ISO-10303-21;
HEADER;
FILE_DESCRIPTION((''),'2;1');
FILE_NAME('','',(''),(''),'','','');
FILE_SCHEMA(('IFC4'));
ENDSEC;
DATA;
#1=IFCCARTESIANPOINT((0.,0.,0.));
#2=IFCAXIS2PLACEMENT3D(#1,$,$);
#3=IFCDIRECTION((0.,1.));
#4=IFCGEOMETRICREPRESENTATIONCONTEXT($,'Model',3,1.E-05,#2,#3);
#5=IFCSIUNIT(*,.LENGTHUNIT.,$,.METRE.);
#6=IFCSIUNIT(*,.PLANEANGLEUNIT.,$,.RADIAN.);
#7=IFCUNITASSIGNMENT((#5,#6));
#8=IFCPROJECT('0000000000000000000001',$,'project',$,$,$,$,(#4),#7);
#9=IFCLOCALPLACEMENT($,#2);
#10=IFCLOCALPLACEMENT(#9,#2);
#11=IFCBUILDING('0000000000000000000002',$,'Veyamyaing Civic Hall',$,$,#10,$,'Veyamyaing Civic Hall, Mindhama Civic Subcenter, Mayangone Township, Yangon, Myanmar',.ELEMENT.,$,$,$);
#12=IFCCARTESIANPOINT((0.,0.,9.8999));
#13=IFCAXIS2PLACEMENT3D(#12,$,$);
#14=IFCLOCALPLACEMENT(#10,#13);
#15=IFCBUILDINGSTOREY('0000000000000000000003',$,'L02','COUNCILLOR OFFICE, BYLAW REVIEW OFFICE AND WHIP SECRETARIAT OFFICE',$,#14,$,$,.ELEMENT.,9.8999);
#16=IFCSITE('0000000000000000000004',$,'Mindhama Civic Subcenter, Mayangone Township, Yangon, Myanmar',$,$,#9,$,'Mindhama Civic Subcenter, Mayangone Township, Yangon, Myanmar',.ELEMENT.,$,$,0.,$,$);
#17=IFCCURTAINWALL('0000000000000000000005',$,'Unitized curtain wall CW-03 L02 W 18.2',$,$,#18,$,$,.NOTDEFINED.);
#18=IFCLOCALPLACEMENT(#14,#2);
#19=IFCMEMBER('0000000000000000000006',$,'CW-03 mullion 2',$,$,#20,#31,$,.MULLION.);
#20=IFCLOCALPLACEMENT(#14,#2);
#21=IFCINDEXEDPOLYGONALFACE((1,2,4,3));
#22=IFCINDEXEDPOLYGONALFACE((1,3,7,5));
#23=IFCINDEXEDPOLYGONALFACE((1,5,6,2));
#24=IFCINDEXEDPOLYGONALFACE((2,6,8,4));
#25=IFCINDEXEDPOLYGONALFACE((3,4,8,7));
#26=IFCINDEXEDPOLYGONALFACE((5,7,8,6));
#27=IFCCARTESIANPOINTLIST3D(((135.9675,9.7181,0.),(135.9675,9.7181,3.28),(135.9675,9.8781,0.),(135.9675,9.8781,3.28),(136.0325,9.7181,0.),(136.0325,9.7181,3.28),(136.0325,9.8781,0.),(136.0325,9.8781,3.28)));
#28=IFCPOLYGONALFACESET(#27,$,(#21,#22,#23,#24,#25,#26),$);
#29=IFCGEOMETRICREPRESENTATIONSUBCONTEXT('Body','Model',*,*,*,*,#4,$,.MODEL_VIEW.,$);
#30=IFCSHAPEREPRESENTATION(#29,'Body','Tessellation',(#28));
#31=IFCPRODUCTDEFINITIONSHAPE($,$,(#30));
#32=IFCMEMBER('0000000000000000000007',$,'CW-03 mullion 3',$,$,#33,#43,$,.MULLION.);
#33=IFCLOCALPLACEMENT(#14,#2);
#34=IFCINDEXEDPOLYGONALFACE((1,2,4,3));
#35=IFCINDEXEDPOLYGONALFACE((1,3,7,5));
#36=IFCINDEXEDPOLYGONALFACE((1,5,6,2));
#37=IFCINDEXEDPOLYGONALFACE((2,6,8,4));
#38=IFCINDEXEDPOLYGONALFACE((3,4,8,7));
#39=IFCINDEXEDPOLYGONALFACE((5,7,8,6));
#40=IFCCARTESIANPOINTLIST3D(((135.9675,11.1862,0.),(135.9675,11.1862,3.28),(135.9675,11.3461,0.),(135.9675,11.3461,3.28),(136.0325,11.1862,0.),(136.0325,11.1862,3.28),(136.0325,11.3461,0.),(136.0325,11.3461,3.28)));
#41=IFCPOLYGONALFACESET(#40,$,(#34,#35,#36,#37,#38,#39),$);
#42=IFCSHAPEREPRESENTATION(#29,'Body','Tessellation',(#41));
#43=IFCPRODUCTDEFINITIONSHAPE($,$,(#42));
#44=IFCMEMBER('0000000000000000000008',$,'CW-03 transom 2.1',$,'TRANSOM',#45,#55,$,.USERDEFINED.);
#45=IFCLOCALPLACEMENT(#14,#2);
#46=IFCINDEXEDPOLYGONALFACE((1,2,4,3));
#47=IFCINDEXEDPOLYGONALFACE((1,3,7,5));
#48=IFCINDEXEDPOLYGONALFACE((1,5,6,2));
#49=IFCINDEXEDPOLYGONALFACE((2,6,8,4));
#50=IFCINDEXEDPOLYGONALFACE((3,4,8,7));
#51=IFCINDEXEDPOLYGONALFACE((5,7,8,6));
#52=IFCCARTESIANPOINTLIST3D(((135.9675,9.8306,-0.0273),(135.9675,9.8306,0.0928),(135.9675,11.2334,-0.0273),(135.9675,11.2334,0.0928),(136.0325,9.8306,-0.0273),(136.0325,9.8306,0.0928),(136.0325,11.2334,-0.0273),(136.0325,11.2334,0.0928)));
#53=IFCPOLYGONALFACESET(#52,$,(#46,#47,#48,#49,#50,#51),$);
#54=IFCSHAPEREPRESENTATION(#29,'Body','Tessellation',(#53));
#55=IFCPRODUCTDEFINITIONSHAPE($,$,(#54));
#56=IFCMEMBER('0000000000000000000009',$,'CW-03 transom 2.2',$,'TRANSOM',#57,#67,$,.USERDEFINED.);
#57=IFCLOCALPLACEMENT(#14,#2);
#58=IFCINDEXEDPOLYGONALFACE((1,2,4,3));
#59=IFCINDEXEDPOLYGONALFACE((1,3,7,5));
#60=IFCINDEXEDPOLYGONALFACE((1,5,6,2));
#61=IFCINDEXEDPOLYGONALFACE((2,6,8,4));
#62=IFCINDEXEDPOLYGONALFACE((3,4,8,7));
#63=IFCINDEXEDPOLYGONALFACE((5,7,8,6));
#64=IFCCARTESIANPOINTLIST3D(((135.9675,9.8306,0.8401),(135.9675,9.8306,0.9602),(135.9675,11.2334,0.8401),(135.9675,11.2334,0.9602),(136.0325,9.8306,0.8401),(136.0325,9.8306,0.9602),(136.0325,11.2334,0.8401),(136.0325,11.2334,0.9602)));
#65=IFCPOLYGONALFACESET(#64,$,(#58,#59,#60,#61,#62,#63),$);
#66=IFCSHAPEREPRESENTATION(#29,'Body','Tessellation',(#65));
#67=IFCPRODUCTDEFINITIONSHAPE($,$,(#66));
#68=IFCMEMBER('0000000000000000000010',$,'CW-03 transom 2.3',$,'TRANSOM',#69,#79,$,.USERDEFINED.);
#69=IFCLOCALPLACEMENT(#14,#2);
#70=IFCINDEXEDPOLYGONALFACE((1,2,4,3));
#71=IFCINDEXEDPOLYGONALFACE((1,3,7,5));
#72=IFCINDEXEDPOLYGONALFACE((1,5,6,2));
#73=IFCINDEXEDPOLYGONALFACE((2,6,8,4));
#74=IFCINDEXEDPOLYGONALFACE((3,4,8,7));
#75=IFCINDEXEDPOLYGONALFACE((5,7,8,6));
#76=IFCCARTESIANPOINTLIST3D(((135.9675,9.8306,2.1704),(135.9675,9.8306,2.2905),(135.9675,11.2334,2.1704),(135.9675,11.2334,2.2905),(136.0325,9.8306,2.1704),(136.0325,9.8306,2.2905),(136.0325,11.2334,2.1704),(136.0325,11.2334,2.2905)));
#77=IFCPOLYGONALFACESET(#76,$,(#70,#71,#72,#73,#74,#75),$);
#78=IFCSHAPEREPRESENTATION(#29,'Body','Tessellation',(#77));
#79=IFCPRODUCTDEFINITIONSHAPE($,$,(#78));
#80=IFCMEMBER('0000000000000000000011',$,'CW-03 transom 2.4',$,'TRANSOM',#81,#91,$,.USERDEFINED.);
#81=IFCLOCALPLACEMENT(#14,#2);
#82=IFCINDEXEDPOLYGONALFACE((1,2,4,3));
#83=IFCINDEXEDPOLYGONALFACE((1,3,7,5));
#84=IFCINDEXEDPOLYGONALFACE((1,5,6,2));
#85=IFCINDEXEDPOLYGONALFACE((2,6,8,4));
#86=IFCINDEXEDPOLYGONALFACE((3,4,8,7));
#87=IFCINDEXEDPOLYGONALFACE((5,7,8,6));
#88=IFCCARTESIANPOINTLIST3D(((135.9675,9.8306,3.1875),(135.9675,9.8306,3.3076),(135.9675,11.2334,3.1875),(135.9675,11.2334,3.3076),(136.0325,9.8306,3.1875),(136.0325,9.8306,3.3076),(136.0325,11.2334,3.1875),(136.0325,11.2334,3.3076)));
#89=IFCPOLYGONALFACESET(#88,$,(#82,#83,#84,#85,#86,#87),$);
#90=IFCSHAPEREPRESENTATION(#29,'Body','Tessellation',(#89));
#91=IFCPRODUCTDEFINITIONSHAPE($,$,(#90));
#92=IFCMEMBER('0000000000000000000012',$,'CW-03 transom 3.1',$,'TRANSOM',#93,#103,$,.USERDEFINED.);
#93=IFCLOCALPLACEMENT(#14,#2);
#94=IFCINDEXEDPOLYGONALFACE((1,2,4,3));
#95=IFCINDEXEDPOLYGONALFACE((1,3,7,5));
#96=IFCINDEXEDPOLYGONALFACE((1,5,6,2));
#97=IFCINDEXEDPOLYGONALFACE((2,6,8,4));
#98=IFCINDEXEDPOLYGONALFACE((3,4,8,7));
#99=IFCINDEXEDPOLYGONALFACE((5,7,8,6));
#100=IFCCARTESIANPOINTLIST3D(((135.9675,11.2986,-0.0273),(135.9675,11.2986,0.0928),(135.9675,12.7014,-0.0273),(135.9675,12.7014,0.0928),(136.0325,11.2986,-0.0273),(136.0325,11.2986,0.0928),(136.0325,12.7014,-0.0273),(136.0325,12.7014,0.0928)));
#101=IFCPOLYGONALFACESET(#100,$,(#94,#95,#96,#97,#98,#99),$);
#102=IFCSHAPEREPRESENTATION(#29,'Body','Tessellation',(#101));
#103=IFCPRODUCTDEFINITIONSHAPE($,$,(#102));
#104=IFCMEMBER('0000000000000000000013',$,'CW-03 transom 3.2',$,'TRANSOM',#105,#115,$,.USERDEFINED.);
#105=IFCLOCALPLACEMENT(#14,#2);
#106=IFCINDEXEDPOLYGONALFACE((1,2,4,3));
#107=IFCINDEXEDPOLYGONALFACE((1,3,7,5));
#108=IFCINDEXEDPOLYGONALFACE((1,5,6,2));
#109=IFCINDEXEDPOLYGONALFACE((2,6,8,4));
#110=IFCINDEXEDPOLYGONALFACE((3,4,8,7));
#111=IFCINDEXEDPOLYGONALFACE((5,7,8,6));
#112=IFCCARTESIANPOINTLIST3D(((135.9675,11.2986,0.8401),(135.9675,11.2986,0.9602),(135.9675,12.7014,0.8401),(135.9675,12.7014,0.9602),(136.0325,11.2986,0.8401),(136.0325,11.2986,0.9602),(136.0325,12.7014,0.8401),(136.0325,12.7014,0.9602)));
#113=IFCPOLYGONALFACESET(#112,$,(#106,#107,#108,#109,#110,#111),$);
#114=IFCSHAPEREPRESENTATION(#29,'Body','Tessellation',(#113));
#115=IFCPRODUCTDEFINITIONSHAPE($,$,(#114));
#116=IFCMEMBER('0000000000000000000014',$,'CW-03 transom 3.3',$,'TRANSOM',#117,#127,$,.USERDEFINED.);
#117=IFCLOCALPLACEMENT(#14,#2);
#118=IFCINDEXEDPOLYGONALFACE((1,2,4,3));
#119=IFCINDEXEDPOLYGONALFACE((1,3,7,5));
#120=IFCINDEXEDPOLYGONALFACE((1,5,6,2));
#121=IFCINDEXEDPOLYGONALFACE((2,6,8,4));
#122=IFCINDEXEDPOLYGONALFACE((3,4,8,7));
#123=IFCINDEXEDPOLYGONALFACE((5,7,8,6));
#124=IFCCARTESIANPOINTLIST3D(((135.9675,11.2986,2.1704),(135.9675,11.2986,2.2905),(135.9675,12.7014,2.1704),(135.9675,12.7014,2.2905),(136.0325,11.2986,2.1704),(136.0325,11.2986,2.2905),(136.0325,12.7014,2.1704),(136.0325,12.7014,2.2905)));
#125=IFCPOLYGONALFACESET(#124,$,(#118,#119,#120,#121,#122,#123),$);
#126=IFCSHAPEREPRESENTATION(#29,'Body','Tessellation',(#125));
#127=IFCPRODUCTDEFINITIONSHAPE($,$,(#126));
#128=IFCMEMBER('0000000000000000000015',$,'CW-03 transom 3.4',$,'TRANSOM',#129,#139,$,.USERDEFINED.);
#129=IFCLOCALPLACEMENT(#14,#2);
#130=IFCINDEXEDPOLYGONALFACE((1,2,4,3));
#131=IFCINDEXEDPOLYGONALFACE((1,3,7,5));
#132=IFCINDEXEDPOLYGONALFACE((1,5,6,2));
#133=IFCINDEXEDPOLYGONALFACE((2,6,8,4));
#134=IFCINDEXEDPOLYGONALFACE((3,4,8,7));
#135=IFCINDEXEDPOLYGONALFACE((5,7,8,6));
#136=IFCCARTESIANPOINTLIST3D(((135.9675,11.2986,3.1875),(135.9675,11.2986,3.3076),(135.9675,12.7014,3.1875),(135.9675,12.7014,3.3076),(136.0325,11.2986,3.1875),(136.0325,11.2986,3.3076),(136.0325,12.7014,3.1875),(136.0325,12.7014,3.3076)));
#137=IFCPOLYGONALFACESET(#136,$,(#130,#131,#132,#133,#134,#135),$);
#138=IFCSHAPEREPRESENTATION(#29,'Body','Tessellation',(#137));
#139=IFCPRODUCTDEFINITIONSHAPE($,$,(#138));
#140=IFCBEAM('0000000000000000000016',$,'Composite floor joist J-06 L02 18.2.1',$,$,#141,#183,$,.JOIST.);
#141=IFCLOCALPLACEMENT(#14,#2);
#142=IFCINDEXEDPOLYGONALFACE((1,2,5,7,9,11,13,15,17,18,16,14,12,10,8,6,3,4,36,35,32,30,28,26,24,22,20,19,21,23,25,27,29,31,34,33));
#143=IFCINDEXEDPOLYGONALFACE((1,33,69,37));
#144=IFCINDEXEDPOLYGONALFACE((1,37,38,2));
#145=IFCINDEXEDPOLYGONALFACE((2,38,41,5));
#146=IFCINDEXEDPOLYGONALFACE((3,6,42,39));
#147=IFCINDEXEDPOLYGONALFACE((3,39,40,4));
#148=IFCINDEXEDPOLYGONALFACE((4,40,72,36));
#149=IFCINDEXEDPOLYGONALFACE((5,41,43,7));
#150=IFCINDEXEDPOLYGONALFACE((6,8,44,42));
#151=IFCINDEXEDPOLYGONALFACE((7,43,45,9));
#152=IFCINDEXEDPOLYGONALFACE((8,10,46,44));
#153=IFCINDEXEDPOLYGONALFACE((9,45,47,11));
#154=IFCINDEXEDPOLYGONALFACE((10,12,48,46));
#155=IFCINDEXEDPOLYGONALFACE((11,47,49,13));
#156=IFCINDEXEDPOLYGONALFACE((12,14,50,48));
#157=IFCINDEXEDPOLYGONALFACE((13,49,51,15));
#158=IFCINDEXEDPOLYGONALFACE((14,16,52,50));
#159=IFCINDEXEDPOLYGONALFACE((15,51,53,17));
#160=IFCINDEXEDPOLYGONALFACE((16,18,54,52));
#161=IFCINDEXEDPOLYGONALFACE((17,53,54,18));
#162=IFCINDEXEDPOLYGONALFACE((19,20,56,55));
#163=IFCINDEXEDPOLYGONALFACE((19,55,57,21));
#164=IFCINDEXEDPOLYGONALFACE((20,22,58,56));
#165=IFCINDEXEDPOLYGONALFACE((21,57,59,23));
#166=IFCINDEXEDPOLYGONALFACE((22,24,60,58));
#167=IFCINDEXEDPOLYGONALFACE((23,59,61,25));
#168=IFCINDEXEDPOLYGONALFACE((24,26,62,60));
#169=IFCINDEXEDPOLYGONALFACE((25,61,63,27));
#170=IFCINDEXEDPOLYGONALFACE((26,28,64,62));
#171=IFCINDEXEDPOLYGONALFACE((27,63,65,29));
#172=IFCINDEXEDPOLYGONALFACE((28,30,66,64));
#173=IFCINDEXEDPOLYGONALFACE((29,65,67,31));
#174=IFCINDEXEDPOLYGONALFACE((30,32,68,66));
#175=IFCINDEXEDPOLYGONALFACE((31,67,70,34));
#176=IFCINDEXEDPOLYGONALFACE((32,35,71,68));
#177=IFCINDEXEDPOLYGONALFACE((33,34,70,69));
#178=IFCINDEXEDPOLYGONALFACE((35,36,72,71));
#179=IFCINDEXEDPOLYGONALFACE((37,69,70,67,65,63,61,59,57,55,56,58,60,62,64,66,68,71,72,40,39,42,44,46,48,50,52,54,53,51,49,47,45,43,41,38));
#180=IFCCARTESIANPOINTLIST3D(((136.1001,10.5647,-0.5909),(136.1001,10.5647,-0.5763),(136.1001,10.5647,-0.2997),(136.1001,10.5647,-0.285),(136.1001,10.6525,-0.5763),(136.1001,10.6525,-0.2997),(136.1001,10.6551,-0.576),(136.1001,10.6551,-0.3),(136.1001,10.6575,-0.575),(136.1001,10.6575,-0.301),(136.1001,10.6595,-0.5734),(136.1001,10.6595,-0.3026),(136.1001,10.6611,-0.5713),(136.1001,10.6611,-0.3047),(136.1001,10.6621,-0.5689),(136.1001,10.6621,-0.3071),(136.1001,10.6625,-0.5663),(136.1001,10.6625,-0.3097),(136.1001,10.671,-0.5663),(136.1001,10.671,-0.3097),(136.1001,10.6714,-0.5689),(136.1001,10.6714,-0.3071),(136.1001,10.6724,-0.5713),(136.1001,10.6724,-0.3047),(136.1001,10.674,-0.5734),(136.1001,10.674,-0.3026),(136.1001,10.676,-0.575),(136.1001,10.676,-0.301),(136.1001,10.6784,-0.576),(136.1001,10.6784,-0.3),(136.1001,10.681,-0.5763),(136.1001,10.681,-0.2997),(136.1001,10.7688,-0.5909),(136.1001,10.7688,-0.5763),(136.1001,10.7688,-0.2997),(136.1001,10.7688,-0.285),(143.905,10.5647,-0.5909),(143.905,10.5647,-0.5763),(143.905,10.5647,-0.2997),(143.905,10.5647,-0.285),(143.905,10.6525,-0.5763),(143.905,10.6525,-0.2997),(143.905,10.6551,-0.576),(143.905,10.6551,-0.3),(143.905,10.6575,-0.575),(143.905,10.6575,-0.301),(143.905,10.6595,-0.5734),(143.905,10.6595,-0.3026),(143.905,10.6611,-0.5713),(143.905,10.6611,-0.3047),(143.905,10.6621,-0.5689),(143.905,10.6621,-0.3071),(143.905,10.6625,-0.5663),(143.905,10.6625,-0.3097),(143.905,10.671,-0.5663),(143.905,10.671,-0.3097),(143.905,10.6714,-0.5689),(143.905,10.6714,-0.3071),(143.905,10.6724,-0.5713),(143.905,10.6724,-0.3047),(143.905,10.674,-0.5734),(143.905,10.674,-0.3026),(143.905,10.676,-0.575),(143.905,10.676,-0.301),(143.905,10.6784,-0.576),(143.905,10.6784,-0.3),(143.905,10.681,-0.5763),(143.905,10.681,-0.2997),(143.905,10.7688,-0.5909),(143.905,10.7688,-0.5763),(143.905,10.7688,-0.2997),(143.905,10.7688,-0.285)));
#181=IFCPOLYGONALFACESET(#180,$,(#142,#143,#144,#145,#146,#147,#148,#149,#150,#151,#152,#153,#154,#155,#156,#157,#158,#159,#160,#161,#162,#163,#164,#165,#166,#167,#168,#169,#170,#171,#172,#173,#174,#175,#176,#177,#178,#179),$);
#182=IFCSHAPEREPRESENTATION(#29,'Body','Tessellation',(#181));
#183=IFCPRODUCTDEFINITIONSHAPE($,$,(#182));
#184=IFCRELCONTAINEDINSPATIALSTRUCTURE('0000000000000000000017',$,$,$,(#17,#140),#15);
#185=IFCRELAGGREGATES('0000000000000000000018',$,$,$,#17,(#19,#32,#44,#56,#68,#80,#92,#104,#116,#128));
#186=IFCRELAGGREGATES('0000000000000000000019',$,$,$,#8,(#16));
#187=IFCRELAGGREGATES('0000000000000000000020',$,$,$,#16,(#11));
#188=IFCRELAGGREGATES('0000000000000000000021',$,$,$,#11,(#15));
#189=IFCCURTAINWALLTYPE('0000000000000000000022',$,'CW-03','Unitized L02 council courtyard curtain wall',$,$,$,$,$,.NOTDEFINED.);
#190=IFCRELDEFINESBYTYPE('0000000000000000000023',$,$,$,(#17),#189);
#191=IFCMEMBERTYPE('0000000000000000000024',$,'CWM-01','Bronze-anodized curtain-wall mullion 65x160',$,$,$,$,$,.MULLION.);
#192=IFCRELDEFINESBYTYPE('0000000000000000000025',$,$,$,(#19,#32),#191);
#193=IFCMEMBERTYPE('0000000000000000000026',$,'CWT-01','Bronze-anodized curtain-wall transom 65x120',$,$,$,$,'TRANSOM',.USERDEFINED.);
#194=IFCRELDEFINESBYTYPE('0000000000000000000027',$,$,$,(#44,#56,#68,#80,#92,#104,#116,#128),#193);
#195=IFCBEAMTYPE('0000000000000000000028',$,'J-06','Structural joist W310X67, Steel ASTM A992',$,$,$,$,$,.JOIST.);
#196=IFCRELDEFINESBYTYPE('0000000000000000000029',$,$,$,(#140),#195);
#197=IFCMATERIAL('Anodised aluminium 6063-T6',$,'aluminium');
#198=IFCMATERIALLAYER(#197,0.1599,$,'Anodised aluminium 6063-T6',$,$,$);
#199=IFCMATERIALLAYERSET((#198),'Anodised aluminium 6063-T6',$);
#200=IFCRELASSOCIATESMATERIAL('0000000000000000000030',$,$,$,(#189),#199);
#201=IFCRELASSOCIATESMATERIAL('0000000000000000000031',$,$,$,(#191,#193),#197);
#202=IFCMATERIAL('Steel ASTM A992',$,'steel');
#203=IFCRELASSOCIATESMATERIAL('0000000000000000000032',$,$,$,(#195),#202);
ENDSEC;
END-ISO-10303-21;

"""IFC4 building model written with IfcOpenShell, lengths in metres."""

from ifc_helpers import new_model, si_unit, direction, frame, origin, origin_2d, place, context, subcontext, project, spatial, rectangle, i_section, extrude, material, layer, layer_set, material_profile, profile_set, type_object, element, aggregate, save


model = new_model("IFC4")

# Units and contexts
model_context = context("Model", 3, precision=1e-05, world=origin(), true_north=direction((0.0, 1.0)))
body_context = subcontext(model_context, "Body", "Model", "MODEL_VIEW")
ifc_project = project(units=[si_unit("LENGTHUNIT", "METRE"), si_unit("PLANEANGLEUNIT", "RADIAN")], contexts=[model_context])

# Site, building, storey
site_placement = place(None, origin())
site = spatial("IfcSite", under=ifc_project, at=site_placement, Name="Mindhama Civic Subcenter, Mayangone Township, Yangon, Myanmar", LongName="Mindhama Civic Subcenter, Mayangone Township, Yangon, Myanmar", CompositionType="ELEMENT", RefElevation=0.0)
building_placement = place(site_placement, origin())
building = spatial("IfcBuilding", under=site, at=building_placement, Name="Veyamyaing Civic Hall", LongName="Veyamyaing Civic Hall, Mindhama Civic Subcenter, Mayangone Township, Yangon, Myanmar", CompositionType="ELEMENT")
storey_placement = place(building_placement, frame((0.0, 0.0, 9.8999)))
storey = spatial("IfcBuildingStorey", under=building, at=storey_placement, Name="L02", Description="COUNCILLOR OFFICE, BYLAW REVIEW OFFICE AND WHIP SECRETARIAT OFFICE", CompositionType="ELEMENT", Elevation=9.8999)

# Curtain wall, members
ifc_material_1 = material(Name="Anodised aluminium 6063-T6", Category="aluminium")
ifc_layer_1 = layer(ifc_material_1, 0.1599, Name="Anodised aluminium 6063-T6")
ifc_layer_set_1 = layer_set([ifc_layer_1], Name="Anodised aluminium 6063-T6")
curtain_wall_type = type_object("IfcCurtainWallType", Name="CW-03", Description="Unitized L02 council courtyard curtain wall", PredefinedType="NOTDEFINED", material=ifc_layer_set_1)
curtain_wall_placement = place(storey_placement, origin())
curtain_wall = element("IfcCurtainWall", 1, at=curtain_wall_placement, inside=storey, type_object=curtain_wall_type, Name="Unitized curtain wall CW-03 L02 W 18.2", PredefinedType="NOTDEFINED")
ifc_material_profile_1 = material_profile(ifc_material_1, rectangle(XDim=0.0649, YDim=0.1599, at=origin_2d()), Name="ALU-MUL-65X160")
ifc_profile_set_1 = profile_set([ifc_material_profile_1], Name="Anodised aluminium 6063-T6")
member_type_1 = type_object("IfcMemberType", Name="CWM-01", Description="Bronze-anodized curtain-wall mullion 65x160", PredefinedType="MULLION", material=ifc_profile_set_1)
member_1_placement = place(storey_placement, frame((136.0, 9.7981, 0.0), z_axis=(0.0, 0.0, 1.0), x_axis=(-1.0, 0.0, 0.0)))
member_1 = element("IfcMember", 2, at=member_1_placement, type_object=member_type_1, Name="CW-03 mullion 2", PredefinedType="MULLION", context=body_context, shape_type="SweptSolid", body=[
    extrude(rectangle(XDim=0.0649, YDim=0.1599, at=origin_2d()), origin(), (0.0, 0.0, 1.0), 3.28),
])
member_2_placement = place(storey_placement, frame((136.0, 11.2661, 0.0), z_axis=(0.0, 0.0, 1.0), x_axis=(-1.0, 0.0, 0.0)))
member_2 = element("IfcMember", 3, at=member_2_placement, type_object=member_type_1, Name="CW-03 mullion 3", PredefinedType="MULLION", context=body_context, shape_type="SweptSolid", body=[
    extrude(rectangle(XDim=0.0649, YDim=0.1599, at=origin_2d()), origin(), (0.0, 0.0, 1.0), 3.28),
])
ifc_material_profile_2 = material_profile(ifc_material_1, rectangle(XDim=0.0649, YDim=0.1201, at=origin_2d()), Name="ALU-TRN-65X120")
ifc_profile_set_2 = profile_set([ifc_material_profile_2], Name="Anodised aluminium 6063-T6")
member_type_2 = type_object("IfcMemberType", Name="CWT-01", Description="Bronze-anodized curtain-wall transom 65x120", ElementType="TRANSOM", PredefinedType="USERDEFINED", material=ifc_profile_set_2)
member_3_placement = place(storey_placement, frame((136.0, 9.8306, 0.0327), z_axis=(0.0, 1.0, 0.0), x_axis=(-1.0, 0.0, 0.0)))
member_3 = element("IfcMember", 4, at=member_3_placement, type_object=member_type_2, Name="CW-03 transom 2.1", ObjectType="TRANSOM", PredefinedType="USERDEFINED", context=body_context, shape_type="SweptSolid", body=[
    extrude(rectangle(XDim=0.0649, YDim=0.1201, at=origin_2d()), origin(), (0.0, 0.0, 1.0), 1.4028),
])
member_4_placement = place(storey_placement, frame((136.0, 9.8306, 0.9001), z_axis=(0.0, 1.0, 0.0), x_axis=(-1.0, 0.0, 0.0)))
member_4 = element("IfcMember", 5, at=member_4_placement, type_object=member_type_2, Name="CW-03 transom 2.2", ObjectType="TRANSOM", PredefinedType="USERDEFINED", context=body_context, shape_type="SweptSolid", body=[
    extrude(rectangle(XDim=0.0649, YDim=0.1201, at=origin_2d()), origin(), (0.0, 0.0, 1.0), 1.4028),
])
member_5_placement = place(storey_placement, frame((136.0, 9.8306, 2.2305), z_axis=(0.0, 1.0, 0.0), x_axis=(-1.0, 0.0, 0.0)))
member_5 = element("IfcMember", 6, at=member_5_placement, type_object=member_type_2, Name="CW-03 transom 2.3", ObjectType="TRANSOM", PredefinedType="USERDEFINED", context=body_context, shape_type="SweptSolid", body=[
    extrude(rectangle(XDim=0.0649, YDim=0.1201, at=origin_2d()), origin(), (0.0, 0.0, 1.0), 1.4028),
])
member_6_placement = place(storey_placement, frame((136.0, 9.8306, 3.2476), z_axis=(0.0, 1.0, 0.0), x_axis=(-1.0, 0.0, 0.0)))
member_6 = element("IfcMember", 7, at=member_6_placement, type_object=member_type_2, Name="CW-03 transom 2.4", ObjectType="TRANSOM", PredefinedType="USERDEFINED", context=body_context, shape_type="SweptSolid", body=[
    extrude(rectangle(XDim=0.0649, YDim=0.1201, at=origin_2d()), origin(), (0.0, 0.0, 1.0), 1.4028),
])
member_7_placement = place(storey_placement, frame((136.0, 11.2986, 0.0327), z_axis=(0.0, 1.0, 0.0), x_axis=(-1.0, 0.0, 0.0)))
member_7 = element("IfcMember", 8, at=member_7_placement, type_object=member_type_2, Name="CW-03 transom 3.1", ObjectType="TRANSOM", PredefinedType="USERDEFINED", context=body_context, shape_type="SweptSolid", body=[
    extrude(rectangle(XDim=0.0649, YDim=0.1201, at=origin_2d()), origin(), (0.0, 0.0, 1.0), 1.4028),
])
member_8_placement = place(storey_placement, frame((136.0, 11.2986, 0.9001), z_axis=(0.0, 1.0, 0.0), x_axis=(-1.0, 0.0, 0.0)))
member_8 = element("IfcMember", 9, at=member_8_placement, type_object=member_type_2, Name="CW-03 transom 3.2", ObjectType="TRANSOM", PredefinedType="USERDEFINED", context=body_context, shape_type="SweptSolid", body=[
    extrude(rectangle(XDim=0.0649, YDim=0.1201, at=origin_2d()), origin(), (0.0, 0.0, 1.0), 1.4028),
])
member_9_placement = place(storey_placement, frame((136.0, 11.2986, 2.2305), z_axis=(0.0, 1.0, 0.0), x_axis=(-1.0, 0.0, 0.0)))
member_9 = element("IfcMember", 10, at=member_9_placement, type_object=member_type_2, Name="CW-03 transom 3.3", ObjectType="TRANSOM", PredefinedType="USERDEFINED", context=body_context, shape_type="SweptSolid", body=[
    extrude(rectangle(XDim=0.0649, YDim=0.1201, at=origin_2d()), origin(), (0.0, 0.0, 1.0), 1.4028),
])
member_10_placement = place(storey_placement, frame((136.0, 11.2986, 3.2476), z_axis=(0.0, 1.0, 0.0), x_axis=(-1.0, 0.0, 0.0)))
member_10 = element("IfcMember", 11, at=member_10_placement, type_object=member_type_2, Name="CW-03 transom 3.4", ObjectType="TRANSOM", PredefinedType="USERDEFINED", context=body_context, shape_type="SweptSolid", body=[
    extrude(rectangle(XDim=0.0649, YDim=0.1201, at=origin_2d()), origin(), (0.0, 0.0, 1.0), 1.4028),
])

# Beam
ifc_material_2 = material(Name="Steel ASTM A992", Category="steel")
ifc_material_profile_3 = material_profile(ifc_material_2, i_section(OverallWidth=0.2041, OverallDepth=0.3059, WebThickness=0.0085, FlangeThickness=0.0146, FilletRadius=0.01, at=origin_2d()), Name="W310X67")
ifc_profile_set_3 = profile_set([ifc_material_profile_3], Name="Steel ASTM A992")
beam_type = type_object("IfcBeamType", Name="J-06", Description="Structural joist W310X67, Steel ASTM A992", PredefinedType="JOIST", material=ifc_profile_set_3)
beam_placement = place(storey_placement, frame((136.1001, 10.6667, -0.438), z_axis=(1.0, 0.0, 0.0), x_axis=(0.0, 1.0, 0.0)))
element("IfcBeam", 12, at=beam_placement, inside=storey, type_object=beam_type, Name="Composite floor joist J-06 L02 18.2.1", PredefinedType="JOIST", context=body_context, shape_type="SweptSolid", body=[
    extrude(i_section(OverallWidth=0.2041, OverallDepth=0.3059, WebThickness=0.0085, FlangeThickness=0.0146, FilletRadius=0.01, at=origin_2d()), origin(), (0.0, 0.0, 1.0), 7.8049),
])

aggregate(curtain_wall, [member_1, member_2, member_3, member_4, member_5, member_6, member_7, member_8, member_9, member_10])

save(model, "model.ifc")
